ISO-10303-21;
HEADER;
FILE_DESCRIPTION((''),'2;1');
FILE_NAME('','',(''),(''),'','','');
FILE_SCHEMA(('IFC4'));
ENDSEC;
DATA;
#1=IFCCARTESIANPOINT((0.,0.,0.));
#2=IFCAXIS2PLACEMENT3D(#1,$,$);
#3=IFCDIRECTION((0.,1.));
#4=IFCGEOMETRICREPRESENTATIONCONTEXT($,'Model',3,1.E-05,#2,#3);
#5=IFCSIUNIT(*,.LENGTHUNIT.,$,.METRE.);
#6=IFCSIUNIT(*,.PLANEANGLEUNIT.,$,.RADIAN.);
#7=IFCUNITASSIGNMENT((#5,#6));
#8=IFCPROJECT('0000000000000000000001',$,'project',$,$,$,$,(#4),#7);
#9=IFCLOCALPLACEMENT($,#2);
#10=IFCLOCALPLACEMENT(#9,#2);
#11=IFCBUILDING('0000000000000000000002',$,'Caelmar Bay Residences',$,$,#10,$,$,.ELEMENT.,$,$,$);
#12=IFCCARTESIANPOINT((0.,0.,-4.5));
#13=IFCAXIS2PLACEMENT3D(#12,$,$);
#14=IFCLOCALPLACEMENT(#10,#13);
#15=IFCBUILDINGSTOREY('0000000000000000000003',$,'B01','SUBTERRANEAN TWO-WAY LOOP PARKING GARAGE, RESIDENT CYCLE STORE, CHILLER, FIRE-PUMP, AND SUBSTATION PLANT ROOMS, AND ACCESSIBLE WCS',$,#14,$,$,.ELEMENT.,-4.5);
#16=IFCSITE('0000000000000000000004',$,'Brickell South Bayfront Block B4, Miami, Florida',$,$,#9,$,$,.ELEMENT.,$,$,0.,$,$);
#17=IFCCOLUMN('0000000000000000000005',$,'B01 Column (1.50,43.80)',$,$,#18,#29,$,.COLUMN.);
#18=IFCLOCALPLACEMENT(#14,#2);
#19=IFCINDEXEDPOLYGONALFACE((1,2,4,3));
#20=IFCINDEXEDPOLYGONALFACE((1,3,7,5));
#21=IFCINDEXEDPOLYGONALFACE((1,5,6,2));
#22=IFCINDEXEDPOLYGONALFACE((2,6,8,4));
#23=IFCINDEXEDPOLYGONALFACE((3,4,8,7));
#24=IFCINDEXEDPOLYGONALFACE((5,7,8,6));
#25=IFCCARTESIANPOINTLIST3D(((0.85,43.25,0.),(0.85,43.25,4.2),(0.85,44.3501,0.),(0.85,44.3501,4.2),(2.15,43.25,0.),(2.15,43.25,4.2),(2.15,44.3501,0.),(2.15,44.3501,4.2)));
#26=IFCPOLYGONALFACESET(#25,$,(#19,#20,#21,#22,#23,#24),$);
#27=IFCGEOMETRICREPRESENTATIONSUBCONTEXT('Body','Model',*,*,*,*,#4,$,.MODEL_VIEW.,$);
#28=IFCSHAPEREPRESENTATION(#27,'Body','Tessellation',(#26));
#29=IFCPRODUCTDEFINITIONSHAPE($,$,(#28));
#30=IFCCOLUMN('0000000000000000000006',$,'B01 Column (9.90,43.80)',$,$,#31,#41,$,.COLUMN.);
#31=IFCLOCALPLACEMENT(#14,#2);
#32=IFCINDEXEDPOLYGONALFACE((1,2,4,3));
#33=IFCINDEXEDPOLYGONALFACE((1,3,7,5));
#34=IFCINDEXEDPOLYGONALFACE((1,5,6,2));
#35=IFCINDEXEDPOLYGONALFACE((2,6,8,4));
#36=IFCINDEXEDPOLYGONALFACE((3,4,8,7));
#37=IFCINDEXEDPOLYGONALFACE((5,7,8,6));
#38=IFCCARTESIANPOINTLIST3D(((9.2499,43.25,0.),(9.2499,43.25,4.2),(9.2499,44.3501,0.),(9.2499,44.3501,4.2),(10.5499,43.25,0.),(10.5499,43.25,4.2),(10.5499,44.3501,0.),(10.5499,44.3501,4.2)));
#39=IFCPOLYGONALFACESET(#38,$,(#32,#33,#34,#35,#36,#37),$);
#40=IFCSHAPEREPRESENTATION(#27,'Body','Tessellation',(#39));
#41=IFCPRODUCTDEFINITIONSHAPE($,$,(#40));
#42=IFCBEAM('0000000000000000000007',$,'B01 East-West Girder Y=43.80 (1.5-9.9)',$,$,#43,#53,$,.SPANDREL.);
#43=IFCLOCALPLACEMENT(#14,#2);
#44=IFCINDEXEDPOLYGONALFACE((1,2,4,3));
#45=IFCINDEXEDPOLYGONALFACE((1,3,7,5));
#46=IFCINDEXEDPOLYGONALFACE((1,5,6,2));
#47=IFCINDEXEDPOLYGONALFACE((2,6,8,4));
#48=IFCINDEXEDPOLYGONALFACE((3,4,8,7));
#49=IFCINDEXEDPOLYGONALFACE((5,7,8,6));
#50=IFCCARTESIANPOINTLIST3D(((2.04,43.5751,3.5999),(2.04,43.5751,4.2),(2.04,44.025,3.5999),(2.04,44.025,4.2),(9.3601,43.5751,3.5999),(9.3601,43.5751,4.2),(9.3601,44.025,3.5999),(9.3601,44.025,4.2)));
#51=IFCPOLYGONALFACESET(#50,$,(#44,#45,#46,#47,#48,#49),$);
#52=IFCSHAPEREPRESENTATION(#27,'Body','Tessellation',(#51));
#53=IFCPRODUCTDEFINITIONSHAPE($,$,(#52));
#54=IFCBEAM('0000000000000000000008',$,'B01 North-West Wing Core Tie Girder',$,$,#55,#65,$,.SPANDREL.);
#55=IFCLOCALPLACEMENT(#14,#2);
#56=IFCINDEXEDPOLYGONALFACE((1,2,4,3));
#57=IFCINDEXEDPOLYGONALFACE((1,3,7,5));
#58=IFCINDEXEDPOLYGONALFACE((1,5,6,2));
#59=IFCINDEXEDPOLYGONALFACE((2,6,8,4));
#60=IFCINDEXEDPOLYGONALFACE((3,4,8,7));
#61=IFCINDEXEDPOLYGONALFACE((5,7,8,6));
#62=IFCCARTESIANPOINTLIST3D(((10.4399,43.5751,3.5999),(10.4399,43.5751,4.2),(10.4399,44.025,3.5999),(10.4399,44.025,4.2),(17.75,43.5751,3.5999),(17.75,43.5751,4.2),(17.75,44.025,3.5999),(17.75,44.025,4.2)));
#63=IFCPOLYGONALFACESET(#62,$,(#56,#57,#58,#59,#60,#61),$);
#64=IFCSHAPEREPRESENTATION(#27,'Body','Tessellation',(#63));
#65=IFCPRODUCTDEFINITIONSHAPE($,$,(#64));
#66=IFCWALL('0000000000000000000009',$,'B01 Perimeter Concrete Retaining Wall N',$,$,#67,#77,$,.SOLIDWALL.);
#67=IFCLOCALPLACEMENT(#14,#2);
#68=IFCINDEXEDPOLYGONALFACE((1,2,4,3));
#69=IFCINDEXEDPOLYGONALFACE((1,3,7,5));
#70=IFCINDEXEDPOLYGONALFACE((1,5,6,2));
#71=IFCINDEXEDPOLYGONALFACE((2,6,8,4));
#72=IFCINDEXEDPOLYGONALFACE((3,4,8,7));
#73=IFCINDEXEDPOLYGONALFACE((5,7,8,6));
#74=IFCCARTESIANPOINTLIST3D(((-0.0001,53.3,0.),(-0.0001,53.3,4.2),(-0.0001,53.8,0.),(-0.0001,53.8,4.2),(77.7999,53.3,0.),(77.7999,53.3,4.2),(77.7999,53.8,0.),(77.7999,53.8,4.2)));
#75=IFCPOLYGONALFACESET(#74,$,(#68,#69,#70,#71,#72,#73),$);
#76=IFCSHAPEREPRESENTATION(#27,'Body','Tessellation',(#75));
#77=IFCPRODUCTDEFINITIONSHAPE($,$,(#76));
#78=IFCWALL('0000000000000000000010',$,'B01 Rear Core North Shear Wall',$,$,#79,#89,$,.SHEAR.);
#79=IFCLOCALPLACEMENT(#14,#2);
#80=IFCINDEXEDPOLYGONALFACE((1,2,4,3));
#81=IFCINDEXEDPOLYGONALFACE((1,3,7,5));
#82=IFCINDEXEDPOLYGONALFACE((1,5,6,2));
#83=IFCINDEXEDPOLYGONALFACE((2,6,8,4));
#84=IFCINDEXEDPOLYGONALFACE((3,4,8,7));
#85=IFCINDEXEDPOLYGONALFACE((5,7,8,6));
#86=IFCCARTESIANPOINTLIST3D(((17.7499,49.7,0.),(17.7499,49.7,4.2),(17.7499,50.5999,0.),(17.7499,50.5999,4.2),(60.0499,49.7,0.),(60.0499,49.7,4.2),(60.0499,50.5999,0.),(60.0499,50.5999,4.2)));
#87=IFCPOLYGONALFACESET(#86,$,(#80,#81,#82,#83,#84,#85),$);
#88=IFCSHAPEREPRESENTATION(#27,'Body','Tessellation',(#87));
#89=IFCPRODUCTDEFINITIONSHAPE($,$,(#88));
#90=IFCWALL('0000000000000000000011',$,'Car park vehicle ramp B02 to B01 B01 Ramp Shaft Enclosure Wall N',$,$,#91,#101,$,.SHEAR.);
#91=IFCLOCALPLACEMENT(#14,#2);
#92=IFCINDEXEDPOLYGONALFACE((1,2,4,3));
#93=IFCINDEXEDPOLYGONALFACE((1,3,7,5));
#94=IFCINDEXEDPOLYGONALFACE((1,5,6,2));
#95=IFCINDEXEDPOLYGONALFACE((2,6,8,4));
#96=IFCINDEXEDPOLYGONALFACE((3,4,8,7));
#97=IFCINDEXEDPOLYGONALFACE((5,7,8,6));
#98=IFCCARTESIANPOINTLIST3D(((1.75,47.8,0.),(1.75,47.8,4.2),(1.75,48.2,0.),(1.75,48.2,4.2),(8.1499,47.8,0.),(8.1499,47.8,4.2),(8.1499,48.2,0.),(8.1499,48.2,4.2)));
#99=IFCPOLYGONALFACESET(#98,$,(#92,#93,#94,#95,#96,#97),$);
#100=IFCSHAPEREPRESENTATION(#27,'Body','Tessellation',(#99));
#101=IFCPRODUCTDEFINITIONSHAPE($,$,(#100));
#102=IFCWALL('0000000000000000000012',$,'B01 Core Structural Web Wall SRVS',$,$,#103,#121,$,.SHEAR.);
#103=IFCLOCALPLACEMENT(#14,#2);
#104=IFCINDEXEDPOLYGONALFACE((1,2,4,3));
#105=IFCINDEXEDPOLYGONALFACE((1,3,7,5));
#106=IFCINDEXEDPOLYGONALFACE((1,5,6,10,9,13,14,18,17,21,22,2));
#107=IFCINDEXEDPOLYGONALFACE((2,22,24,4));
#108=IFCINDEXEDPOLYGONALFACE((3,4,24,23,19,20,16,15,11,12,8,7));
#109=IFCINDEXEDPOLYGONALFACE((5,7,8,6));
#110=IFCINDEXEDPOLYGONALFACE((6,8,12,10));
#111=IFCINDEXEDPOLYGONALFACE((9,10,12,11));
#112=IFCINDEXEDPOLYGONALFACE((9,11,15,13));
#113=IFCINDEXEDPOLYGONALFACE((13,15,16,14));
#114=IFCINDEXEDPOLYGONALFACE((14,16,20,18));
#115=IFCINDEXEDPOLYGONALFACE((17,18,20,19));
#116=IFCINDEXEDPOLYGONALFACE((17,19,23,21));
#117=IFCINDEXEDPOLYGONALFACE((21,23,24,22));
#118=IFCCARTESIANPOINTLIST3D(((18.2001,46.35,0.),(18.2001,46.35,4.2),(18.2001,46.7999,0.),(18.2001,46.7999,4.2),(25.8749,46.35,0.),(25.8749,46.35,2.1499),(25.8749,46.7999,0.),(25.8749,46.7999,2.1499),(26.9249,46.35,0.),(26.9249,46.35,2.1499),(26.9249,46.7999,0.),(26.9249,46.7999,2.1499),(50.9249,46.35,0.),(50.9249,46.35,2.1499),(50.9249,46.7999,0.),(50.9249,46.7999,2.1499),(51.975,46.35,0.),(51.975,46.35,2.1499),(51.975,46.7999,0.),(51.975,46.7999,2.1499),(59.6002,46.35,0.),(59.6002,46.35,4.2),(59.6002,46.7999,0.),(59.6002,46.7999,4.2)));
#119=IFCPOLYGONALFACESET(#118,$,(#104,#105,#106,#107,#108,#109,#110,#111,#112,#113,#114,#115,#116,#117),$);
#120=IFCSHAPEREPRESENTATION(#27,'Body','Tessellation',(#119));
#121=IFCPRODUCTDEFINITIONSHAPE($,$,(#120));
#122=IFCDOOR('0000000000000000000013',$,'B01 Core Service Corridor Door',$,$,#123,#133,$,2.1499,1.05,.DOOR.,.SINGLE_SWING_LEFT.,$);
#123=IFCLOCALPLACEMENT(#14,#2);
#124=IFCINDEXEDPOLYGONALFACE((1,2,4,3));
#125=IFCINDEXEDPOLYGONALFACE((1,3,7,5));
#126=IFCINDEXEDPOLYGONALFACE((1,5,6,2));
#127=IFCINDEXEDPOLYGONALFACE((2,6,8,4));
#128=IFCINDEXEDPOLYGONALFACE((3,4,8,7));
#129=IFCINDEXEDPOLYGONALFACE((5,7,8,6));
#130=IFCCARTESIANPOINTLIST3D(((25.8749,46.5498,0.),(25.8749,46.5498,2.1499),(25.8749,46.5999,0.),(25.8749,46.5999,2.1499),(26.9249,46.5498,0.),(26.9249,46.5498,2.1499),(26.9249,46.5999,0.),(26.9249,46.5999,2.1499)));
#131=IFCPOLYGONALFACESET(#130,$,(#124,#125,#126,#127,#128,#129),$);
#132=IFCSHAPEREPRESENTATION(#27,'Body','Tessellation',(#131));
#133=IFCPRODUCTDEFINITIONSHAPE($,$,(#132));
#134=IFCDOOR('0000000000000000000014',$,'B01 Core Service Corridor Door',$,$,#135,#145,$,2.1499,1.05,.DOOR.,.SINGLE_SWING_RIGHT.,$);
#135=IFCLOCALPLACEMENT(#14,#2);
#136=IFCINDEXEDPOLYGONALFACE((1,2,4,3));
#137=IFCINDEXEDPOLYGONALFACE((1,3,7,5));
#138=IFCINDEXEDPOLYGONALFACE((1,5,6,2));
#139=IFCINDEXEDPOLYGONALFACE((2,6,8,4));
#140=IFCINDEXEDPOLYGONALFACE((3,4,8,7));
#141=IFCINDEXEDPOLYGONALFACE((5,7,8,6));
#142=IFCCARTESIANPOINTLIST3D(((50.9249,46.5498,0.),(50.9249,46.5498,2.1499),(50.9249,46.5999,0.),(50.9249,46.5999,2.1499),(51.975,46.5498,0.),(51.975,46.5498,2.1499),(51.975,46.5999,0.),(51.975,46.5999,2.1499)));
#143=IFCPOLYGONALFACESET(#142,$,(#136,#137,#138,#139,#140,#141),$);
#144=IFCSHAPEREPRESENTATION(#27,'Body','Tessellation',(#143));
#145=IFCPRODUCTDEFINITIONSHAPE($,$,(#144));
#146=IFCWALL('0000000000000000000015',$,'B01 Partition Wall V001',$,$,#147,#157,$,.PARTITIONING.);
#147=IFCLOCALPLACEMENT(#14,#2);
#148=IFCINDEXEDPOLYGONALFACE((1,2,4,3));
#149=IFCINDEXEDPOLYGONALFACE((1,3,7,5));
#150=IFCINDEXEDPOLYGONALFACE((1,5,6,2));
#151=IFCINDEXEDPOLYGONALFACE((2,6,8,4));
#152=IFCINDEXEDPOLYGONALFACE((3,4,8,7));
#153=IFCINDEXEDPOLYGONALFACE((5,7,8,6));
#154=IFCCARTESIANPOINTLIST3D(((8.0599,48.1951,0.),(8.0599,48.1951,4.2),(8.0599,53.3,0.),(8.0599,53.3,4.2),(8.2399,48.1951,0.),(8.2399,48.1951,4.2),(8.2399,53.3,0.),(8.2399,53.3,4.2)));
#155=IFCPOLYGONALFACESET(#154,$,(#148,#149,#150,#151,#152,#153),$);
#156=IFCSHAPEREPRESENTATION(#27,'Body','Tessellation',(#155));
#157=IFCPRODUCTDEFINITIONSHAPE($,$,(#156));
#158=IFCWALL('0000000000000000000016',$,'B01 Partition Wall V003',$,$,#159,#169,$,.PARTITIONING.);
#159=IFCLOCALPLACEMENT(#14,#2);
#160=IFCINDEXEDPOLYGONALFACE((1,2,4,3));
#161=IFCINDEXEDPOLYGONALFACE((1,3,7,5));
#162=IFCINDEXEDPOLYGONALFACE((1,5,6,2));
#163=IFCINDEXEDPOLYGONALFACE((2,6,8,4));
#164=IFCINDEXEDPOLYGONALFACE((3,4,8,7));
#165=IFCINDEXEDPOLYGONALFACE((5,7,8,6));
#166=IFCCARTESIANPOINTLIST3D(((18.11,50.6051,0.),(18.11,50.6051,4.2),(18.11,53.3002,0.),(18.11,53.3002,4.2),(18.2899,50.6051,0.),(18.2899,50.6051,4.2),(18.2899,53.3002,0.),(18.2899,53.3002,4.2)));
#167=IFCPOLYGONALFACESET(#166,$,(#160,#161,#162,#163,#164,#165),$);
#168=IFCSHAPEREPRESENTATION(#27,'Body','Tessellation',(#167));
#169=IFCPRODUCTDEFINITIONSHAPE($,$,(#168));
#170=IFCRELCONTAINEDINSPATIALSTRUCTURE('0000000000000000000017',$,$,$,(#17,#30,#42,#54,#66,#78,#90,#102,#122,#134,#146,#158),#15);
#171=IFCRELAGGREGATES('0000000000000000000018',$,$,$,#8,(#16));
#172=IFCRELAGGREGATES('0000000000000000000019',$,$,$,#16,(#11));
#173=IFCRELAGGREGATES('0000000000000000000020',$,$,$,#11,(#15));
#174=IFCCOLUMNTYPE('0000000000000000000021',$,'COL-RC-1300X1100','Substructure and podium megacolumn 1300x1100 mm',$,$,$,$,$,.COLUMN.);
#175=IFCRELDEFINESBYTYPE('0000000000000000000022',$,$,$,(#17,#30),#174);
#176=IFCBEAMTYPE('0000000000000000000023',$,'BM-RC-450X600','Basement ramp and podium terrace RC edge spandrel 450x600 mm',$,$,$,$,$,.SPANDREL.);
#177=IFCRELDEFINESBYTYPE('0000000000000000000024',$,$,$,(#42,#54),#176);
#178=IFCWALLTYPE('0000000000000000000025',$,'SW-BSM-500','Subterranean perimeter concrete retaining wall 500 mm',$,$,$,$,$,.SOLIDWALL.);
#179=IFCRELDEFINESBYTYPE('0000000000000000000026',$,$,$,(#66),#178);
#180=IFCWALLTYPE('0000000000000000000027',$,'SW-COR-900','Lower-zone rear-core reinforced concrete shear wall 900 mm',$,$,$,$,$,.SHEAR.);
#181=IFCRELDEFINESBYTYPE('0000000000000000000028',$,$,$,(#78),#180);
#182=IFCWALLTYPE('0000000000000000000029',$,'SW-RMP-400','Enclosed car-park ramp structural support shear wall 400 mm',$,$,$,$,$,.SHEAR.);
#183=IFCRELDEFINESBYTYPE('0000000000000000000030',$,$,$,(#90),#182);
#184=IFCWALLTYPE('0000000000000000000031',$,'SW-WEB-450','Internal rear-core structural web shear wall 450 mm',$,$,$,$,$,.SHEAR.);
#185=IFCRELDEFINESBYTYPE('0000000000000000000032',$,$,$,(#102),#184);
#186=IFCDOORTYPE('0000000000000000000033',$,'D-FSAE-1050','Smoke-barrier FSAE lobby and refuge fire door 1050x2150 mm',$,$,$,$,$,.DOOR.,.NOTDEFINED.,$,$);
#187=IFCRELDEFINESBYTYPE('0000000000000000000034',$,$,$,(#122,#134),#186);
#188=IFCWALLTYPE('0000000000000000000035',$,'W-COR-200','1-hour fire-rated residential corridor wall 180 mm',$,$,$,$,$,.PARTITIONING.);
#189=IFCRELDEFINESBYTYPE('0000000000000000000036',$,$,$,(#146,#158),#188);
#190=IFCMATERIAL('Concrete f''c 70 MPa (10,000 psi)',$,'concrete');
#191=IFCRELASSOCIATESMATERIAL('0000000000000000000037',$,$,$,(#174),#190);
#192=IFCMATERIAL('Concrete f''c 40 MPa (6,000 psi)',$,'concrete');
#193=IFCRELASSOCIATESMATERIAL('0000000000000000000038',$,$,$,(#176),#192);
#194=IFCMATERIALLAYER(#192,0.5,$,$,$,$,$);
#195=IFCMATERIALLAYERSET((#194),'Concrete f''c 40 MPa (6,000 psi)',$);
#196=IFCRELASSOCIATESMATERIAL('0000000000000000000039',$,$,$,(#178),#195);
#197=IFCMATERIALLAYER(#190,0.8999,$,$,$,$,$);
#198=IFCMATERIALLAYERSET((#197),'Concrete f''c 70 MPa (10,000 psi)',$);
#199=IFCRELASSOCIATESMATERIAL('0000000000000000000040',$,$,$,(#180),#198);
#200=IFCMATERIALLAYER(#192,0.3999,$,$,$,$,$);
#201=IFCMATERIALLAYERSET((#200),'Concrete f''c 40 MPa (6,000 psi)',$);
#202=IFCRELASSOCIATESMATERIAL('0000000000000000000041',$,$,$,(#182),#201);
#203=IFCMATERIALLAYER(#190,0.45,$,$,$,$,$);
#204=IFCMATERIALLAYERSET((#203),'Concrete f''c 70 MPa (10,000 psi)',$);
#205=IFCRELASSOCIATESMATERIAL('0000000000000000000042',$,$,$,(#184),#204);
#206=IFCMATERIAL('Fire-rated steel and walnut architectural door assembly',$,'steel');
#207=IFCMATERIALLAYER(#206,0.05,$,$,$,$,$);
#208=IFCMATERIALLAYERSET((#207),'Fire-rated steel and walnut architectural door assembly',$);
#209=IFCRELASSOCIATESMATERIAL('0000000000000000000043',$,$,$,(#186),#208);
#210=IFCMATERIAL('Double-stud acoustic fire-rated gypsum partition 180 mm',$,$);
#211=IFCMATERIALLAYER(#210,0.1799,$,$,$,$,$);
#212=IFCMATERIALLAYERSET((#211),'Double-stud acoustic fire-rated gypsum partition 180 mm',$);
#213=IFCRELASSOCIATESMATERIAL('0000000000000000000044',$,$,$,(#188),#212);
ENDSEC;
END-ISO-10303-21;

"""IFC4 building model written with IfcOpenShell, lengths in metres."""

from ifc_helpers import new_model, si_unit, direction, frame, frame_2d, origin, origin_2d, place, context, subcontext, project, spatial, rectangle, extrude, material, layer, layer_set, material_profile, profile_set, type_object, element, fill, save


model = new_model("IFC4")

# Units and contexts
model_context = context("Model", 3, precision=1e-05, world=origin(), true_north=direction((0.0, 1.0)))
body_context = subcontext(model_context, "Body", "Model", "MODEL_VIEW")
ifc_project = project(units=[si_unit("LENGTHUNIT", "METRE"), si_unit("PLANEANGLEUNIT", "RADIAN")], contexts=[model_context])

# Site, building, storey
site_placement = place(None, origin())
site = spatial("IfcSite", under=ifc_project, at=site_placement, Name="Brickell South Bayfront Block B4, Miami, Florida", CompositionType="ELEMENT", RefElevation=0.0)
building_placement = place(site_placement, origin())
building = spatial("IfcBuilding", under=site, at=building_placement, Name="Caelmar Bay Residences", CompositionType="ELEMENT")
storey_placement = place(building_placement, frame((0.0, 0.0, -4.5)))
storey = spatial("IfcBuildingStorey", under=building, at=storey_placement, Name="B01", Description="SUBTERRANEAN TWO-WAY LOOP PARKING GARAGE, RESIDENT CYCLE STORE, CHILLER, FIRE-PUMP, AND SUBSTATION PLANT ROOMS, AND ACCESSIBLE WCS", CompositionType="ELEMENT", Elevation=-4.5)

# Columns
ifc_material_1 = material(Name="Concrete f'c 70 MPa (10,000 psi)", Category="concrete")
ifc_material_profile_1 = material_profile(ifc_material_1, rectangle(XDim=1.3, YDim=1.1001, at=origin_2d()), Name="RC-COL-1300X1100")
ifc_profile_set_1 = profile_set([ifc_material_profile_1], Name="Concrete f'c 70 MPa (10,000 psi)")
column_type = type_object("IfcColumnType", Name="COL-RC-1300X1100", Description="Substructure and podium megacolumn 1300x1100 mm", PredefinedType="COLUMN", material=ifc_profile_set_1)
for number, where, z_axis, x_axis, name in (
    (1, (1.5, 43.8, 0.0), (0.0, 0.0, 1.0), (1.0, 0.0, 0.0), "B01 Column (1.50,43.80)"),
    (2, (9.8999, 43.8, 0.0), (0.0, 0.0, 1.0), (1.0, 0.0, 0.0), "B01 Column (9.90,43.80)"),
):
    element("IfcColumn", number, at=place(storey_placement, frame(where, z_axis=z_axis, x_axis=x_axis)), inside=storey, type_object=column_type, Name=name, PredefinedType="COLUMN", context=body_context, shape_type="SweptSolid", body=[
        extrude(rectangle(XDim=1.3, YDim=1.1001, at=origin_2d()), origin(), (0.0, 0.0, 1.0), 4.2),
    ])

# Beams
ifc_material_2 = material(Name="Concrete f'c 40 MPa (6,000 psi)", Category="concrete")
ifc_material_profile_2 = material_profile(ifc_material_2, rectangle(XDim=0.45, YDim=0.6001, at=origin_2d()), Name="RC-BM-450X600")
ifc_profile_set_2 = profile_set([ifc_material_profile_2], Name="Concrete f'c 40 MPa (6,000 psi)")
beam_type = type_object("IfcBeamType", Name="BM-RC-450X600", Description="Basement ramp and podium terrace RC edge spandrel 450x600 mm", PredefinedType="SPANDREL", material=ifc_profile_set_2)
beam_1_placement = place(storey_placement, frame((2.04, 43.8, 3.8999), z_axis=(1.0, 0.0, 0.0), x_axis=(0.0, 1.0, 0.0)))
element("IfcBeam", 3, at=beam_1_placement, inside=storey, type_object=beam_type, Name="B01 East-West Girder Y=43.80 (1.5-9.9)", PredefinedType="SPANDREL", context=body_context, shape_type="SweptSolid", body=[
    extrude(rectangle(XDim=0.45, YDim=0.6001, at=origin_2d()), origin(), (0.0, 0.0, 1.0), 7.3201),
])
beam_2_placement = place(storey_placement, frame((10.4399, 43.8, 3.8999), z_axis=(1.0, 0.0, 0.0), x_axis=(0.0, 1.0, 0.0)))
element("IfcBeam", 4, at=beam_2_placement, inside=storey, type_object=beam_type, Name="B01 North-West Wing Core Tie Girder", PredefinedType="SPANDREL", context=body_context, shape_type="SweptSolid", body=[
    extrude(rectangle(XDim=0.45, YDim=0.6001, at=origin_2d()), origin(), (0.0, 0.0, 1.0), 7.3101),
])

# Walls
ifc_layer_1 = layer(ifc_material_2, 0.5)
ifc_layer_set_1 = layer_set([ifc_layer_1], Name="Concrete f'c 40 MPa (6,000 psi)")
wall_type_1 = type_object("IfcWallType", Name="SW-BSM-500", Description="Subterranean perimeter concrete retaining wall 500 mm", PredefinedType="SOLIDWALL", material=ifc_layer_set_1)
wall_1_placement = place(storey_placement, frame((0.0, 53.55, 0.0), z_axis=(0.0, 0.0, 1.0), x_axis=(1.0, 0.0, 0.0)))
element("IfcWall", 5, at=wall_1_placement, inside=storey, type_object=wall_type_1, Name="B01 Perimeter Concrete Retaining Wall N", PredefinedType="SOLIDWALL", context=body_context, shape_type="SweptSolid", body=[
    extrude(rectangle(XDim=77.8, YDim=0.5, at=frame_2d((38.8999, 0.0))), origin(), (0.0, 0.0, 1.0), 4.2),
])
ifc_layer_2 = layer(ifc_material_1, 0.8999)
ifc_layer_set_2 = layer_set([ifc_layer_2], Name="Concrete f'c 70 MPa (10,000 psi)")
wall_type_2 = type_object("IfcWallType", Name="SW-COR-900", Description="Lower-zone rear-core reinforced concrete shear wall 900 mm", PredefinedType="SHEAR", material=ifc_layer_set_2)
wall_2_placement = place(storey_placement, frame((17.75, 50.1499, 0.0), z_axis=(0.0, 0.0, 1.0), x_axis=(1.0, 0.0, 0.0)))
element("IfcWall", 6, at=wall_2_placement, inside=storey, type_object=wall_type_2, Name="B01 Rear Core North Shear Wall", PredefinedType="SHEAR", context=body_context, shape_type="SweptSolid", body=[
    extrude(rectangle(XDim=42.3, YDim=0.8999, at=frame_2d((21.1499, 0.0))), origin(), (0.0, 0.0, 1.0), 4.2),
])
ifc_layer_3 = layer(ifc_material_2, 0.3999)
ifc_layer_set_3 = layer_set([ifc_layer_3], Name="Concrete f'c 40 MPa (6,000 psi)")
wall_type_3 = type_object("IfcWallType", Name="SW-RMP-400", Description="Enclosed car-park ramp structural support shear wall 400 mm", PredefinedType="SHEAR", material=ifc_layer_set_3)
wall_3_placement = place(storey_placement, frame((1.75, 48.0, 0.0), z_axis=(0.0, 0.0, 1.0), x_axis=(1.0, 0.0, 0.0)))
element("IfcWall", 7, at=wall_3_placement, inside=storey, type_object=wall_type_3, Name="Car park vehicle ramp B02 to B01 B01 Ramp Shaft Enclosure Wall N", PredefinedType="SHEAR", context=body_context, shape_type="SweptSolid", body=[
    extrude(rectangle(XDim=6.3999, YDim=0.3999, at=frame_2d((3.2, 0.0))), origin(), (0.0, 0.0, 1.0), 4.2),
])

# Wall, openings, doors
ifc_layer_4 = layer(ifc_material_1, 0.45)
ifc_layer_set_4 = layer_set([ifc_layer_4], Name="Concrete f'c 70 MPa (10,000 psi)")
wall_type_4 = type_object("IfcWallType", Name="SW-WEB-450", Description="Internal rear-core structural web shear wall 450 mm", PredefinedType="SHEAR", material=ifc_layer_set_4)
wall_4_placement = place(storey_placement, frame((18.2, 46.575, 0.0), z_axis=(0.0, 0.0, 1.0), x_axis=(1.0, 0.0, 0.0)))
wall_4 = element("IfcWall", 8, at=wall_4_placement, inside=storey, type_object=wall_type_4, Name="B01 Core Structural Web Wall SRVS", PredefinedType="SHEAR", context=body_context, shape_type="SweptSolid", body=[
    extrude(rectangle(XDim=41.4001, YDim=0.45, at=frame_2d((20.7002, 0.0))), origin(), (0.0, 0.0, 1.0), 4.2),
])
opening_1_placement = place(wall_4_placement, frame((7.675, 0.0, 0.0)))
opening_1 = element("IfcOpeningElement", 9, at=opening_1_placement, cuts=wall_4, PredefinedType="OPENING", context=body_context, shape_type="SweptSolid", body=[
    extrude(rectangle(XDim=1.05, YDim=2.1499, at=frame_2d((0.5249, 1.075))), frame((0.0, 0.2349, 0.0), z_axis=(0.0, -1.0, 0.0), x_axis=(1.0, 0.0, 0.0)), (0.0, 0.0, 1.0), 0.47),
])
opening_2_placement = place(wall_4_placement, frame((32.7251, 0.0, 0.0)))
opening_2 = element("IfcOpeningElement", 10, at=opening_2_placement, cuts=wall_4, PredefinedType="OPENING", context=body_context, shape_type="SweptSolid", body=[
    extrude(rectangle(XDim=1.05, YDim=2.1499, at=frame_2d((0.5249, 1.075))), frame((0.0, 0.2349, 0.0), z_axis=(0.0, -1.0, 0.0), x_axis=(1.0, 0.0, 0.0)), (0.0, 0.0, 1.0), 0.47),
])
ifc_material_3 = material(Name="Fire-rated steel and walnut architectural door assembly", Category="steel")
ifc_layer_5 = layer(ifc_material_3, 0.05)
ifc_layer_set_5 = layer_set([ifc_layer_5], Name="Fire-rated steel and walnut architectural door assembly")
door_type = type_object("IfcDoorType", Name="D-FSAE-1050", Description="Smoke-barrier FSAE lobby and refuge fire door 1050x2150 mm", OperationType="NOTDEFINED", PredefinedType="DOOR", material=ifc_layer_set_5)
door_1_placement = place(opening_1_placement, origin())
door_1 = element("IfcDoor", 11, at=door_1_placement, inside=storey, type_object=door_type, Name="B01 Core Service Corridor Door", OperationType="SINGLE_SWING_LEFT", OverallHeight=2.1499, OverallWidth=1.05, PredefinedType="DOOR", context=body_context, shape_type="SweptSolid", body=[
    extrude(rectangle(XDim=1.05, YDim=2.1499, at=frame_2d((0.5249, 1.075))), frame((0.0, 0.0249, 0.0), z_axis=(0.0, -1.0, 0.0), x_axis=(1.0, 0.0, 0.0)), (0.0, 0.0, 1.0), 0.05),
])
fill(opening_1, door_1)
door_2_placement = place(opening_2_placement, origin())
door_2 = element("IfcDoor", 12, at=door_2_placement, inside=storey, type_object=door_type, Name="B01 Core Service Corridor Door", OperationType="SINGLE_SWING_RIGHT", OverallHeight=2.1499, OverallWidth=1.05, PredefinedType="DOOR", context=body_context, shape_type="SweptSolid", body=[
    extrude(rectangle(XDim=1.05, YDim=2.1499, at=frame_2d((0.5249, 1.075))), frame((0.0, 0.0249, 0.0), z_axis=(0.0, -1.0, 0.0), x_axis=(1.0, 0.0, 0.0)), (0.0, 0.0, 1.0), 0.05),
])
fill(opening_2, door_2)

# Walls
ifc_material_4 = material(Name="Double-stud acoustic fire-rated gypsum partition 180 mm")
ifc_layer_6 = layer(ifc_material_4, 0.1799)
ifc_layer_set_6 = layer_set([ifc_layer_6], Name="Double-stud acoustic fire-rated gypsum partition 180 mm")
wall_type_5 = type_object("IfcWallType", Name="W-COR-200", Description="1-hour fire-rated residential corridor wall 180 mm", PredefinedType="PARTITIONING", material=ifc_layer_set_6)
wall_5_placement = place(storey_placement, frame((8.1499, 48.1951, 0.0), z_axis=(0.0, 0.0, 1.0), x_axis=(0.0, 1.0, 0.0)))
element("IfcWall", 13, at=wall_5_placement, inside=storey, type_object=wall_type_5, Name="B01 Partition Wall V001", PredefinedType="PARTITIONING", context=body_context, shape_type="SweptSolid", body=[
    extrude(rectangle(XDim=5.105, YDim=0.1799, at=frame_2d((2.5525, 0.0))), origin(), (0.0, 0.0, 1.0), 4.2),
])
wall_6_placement = place(storey_placement, frame((18.2, 50.605, 0.0), z_axis=(0.0, 0.0, 1.0), x_axis=(0.0, 1.0, 0.0)))
element("IfcWall", 14, at=wall_6_placement, inside=storey, type_object=wall_type_5, Name="B01 Partition Wall V003", PredefinedType="PARTITIONING", context=body_context, shape_type="SweptSolid", body=[
    extrude(rectangle(XDim=2.6951, YDim=0.1799, at=frame_2d((1.3477, 0.0))), origin(), (0.0, 0.0, 1.0), 4.2),
])

save(model, "model.ifc")
